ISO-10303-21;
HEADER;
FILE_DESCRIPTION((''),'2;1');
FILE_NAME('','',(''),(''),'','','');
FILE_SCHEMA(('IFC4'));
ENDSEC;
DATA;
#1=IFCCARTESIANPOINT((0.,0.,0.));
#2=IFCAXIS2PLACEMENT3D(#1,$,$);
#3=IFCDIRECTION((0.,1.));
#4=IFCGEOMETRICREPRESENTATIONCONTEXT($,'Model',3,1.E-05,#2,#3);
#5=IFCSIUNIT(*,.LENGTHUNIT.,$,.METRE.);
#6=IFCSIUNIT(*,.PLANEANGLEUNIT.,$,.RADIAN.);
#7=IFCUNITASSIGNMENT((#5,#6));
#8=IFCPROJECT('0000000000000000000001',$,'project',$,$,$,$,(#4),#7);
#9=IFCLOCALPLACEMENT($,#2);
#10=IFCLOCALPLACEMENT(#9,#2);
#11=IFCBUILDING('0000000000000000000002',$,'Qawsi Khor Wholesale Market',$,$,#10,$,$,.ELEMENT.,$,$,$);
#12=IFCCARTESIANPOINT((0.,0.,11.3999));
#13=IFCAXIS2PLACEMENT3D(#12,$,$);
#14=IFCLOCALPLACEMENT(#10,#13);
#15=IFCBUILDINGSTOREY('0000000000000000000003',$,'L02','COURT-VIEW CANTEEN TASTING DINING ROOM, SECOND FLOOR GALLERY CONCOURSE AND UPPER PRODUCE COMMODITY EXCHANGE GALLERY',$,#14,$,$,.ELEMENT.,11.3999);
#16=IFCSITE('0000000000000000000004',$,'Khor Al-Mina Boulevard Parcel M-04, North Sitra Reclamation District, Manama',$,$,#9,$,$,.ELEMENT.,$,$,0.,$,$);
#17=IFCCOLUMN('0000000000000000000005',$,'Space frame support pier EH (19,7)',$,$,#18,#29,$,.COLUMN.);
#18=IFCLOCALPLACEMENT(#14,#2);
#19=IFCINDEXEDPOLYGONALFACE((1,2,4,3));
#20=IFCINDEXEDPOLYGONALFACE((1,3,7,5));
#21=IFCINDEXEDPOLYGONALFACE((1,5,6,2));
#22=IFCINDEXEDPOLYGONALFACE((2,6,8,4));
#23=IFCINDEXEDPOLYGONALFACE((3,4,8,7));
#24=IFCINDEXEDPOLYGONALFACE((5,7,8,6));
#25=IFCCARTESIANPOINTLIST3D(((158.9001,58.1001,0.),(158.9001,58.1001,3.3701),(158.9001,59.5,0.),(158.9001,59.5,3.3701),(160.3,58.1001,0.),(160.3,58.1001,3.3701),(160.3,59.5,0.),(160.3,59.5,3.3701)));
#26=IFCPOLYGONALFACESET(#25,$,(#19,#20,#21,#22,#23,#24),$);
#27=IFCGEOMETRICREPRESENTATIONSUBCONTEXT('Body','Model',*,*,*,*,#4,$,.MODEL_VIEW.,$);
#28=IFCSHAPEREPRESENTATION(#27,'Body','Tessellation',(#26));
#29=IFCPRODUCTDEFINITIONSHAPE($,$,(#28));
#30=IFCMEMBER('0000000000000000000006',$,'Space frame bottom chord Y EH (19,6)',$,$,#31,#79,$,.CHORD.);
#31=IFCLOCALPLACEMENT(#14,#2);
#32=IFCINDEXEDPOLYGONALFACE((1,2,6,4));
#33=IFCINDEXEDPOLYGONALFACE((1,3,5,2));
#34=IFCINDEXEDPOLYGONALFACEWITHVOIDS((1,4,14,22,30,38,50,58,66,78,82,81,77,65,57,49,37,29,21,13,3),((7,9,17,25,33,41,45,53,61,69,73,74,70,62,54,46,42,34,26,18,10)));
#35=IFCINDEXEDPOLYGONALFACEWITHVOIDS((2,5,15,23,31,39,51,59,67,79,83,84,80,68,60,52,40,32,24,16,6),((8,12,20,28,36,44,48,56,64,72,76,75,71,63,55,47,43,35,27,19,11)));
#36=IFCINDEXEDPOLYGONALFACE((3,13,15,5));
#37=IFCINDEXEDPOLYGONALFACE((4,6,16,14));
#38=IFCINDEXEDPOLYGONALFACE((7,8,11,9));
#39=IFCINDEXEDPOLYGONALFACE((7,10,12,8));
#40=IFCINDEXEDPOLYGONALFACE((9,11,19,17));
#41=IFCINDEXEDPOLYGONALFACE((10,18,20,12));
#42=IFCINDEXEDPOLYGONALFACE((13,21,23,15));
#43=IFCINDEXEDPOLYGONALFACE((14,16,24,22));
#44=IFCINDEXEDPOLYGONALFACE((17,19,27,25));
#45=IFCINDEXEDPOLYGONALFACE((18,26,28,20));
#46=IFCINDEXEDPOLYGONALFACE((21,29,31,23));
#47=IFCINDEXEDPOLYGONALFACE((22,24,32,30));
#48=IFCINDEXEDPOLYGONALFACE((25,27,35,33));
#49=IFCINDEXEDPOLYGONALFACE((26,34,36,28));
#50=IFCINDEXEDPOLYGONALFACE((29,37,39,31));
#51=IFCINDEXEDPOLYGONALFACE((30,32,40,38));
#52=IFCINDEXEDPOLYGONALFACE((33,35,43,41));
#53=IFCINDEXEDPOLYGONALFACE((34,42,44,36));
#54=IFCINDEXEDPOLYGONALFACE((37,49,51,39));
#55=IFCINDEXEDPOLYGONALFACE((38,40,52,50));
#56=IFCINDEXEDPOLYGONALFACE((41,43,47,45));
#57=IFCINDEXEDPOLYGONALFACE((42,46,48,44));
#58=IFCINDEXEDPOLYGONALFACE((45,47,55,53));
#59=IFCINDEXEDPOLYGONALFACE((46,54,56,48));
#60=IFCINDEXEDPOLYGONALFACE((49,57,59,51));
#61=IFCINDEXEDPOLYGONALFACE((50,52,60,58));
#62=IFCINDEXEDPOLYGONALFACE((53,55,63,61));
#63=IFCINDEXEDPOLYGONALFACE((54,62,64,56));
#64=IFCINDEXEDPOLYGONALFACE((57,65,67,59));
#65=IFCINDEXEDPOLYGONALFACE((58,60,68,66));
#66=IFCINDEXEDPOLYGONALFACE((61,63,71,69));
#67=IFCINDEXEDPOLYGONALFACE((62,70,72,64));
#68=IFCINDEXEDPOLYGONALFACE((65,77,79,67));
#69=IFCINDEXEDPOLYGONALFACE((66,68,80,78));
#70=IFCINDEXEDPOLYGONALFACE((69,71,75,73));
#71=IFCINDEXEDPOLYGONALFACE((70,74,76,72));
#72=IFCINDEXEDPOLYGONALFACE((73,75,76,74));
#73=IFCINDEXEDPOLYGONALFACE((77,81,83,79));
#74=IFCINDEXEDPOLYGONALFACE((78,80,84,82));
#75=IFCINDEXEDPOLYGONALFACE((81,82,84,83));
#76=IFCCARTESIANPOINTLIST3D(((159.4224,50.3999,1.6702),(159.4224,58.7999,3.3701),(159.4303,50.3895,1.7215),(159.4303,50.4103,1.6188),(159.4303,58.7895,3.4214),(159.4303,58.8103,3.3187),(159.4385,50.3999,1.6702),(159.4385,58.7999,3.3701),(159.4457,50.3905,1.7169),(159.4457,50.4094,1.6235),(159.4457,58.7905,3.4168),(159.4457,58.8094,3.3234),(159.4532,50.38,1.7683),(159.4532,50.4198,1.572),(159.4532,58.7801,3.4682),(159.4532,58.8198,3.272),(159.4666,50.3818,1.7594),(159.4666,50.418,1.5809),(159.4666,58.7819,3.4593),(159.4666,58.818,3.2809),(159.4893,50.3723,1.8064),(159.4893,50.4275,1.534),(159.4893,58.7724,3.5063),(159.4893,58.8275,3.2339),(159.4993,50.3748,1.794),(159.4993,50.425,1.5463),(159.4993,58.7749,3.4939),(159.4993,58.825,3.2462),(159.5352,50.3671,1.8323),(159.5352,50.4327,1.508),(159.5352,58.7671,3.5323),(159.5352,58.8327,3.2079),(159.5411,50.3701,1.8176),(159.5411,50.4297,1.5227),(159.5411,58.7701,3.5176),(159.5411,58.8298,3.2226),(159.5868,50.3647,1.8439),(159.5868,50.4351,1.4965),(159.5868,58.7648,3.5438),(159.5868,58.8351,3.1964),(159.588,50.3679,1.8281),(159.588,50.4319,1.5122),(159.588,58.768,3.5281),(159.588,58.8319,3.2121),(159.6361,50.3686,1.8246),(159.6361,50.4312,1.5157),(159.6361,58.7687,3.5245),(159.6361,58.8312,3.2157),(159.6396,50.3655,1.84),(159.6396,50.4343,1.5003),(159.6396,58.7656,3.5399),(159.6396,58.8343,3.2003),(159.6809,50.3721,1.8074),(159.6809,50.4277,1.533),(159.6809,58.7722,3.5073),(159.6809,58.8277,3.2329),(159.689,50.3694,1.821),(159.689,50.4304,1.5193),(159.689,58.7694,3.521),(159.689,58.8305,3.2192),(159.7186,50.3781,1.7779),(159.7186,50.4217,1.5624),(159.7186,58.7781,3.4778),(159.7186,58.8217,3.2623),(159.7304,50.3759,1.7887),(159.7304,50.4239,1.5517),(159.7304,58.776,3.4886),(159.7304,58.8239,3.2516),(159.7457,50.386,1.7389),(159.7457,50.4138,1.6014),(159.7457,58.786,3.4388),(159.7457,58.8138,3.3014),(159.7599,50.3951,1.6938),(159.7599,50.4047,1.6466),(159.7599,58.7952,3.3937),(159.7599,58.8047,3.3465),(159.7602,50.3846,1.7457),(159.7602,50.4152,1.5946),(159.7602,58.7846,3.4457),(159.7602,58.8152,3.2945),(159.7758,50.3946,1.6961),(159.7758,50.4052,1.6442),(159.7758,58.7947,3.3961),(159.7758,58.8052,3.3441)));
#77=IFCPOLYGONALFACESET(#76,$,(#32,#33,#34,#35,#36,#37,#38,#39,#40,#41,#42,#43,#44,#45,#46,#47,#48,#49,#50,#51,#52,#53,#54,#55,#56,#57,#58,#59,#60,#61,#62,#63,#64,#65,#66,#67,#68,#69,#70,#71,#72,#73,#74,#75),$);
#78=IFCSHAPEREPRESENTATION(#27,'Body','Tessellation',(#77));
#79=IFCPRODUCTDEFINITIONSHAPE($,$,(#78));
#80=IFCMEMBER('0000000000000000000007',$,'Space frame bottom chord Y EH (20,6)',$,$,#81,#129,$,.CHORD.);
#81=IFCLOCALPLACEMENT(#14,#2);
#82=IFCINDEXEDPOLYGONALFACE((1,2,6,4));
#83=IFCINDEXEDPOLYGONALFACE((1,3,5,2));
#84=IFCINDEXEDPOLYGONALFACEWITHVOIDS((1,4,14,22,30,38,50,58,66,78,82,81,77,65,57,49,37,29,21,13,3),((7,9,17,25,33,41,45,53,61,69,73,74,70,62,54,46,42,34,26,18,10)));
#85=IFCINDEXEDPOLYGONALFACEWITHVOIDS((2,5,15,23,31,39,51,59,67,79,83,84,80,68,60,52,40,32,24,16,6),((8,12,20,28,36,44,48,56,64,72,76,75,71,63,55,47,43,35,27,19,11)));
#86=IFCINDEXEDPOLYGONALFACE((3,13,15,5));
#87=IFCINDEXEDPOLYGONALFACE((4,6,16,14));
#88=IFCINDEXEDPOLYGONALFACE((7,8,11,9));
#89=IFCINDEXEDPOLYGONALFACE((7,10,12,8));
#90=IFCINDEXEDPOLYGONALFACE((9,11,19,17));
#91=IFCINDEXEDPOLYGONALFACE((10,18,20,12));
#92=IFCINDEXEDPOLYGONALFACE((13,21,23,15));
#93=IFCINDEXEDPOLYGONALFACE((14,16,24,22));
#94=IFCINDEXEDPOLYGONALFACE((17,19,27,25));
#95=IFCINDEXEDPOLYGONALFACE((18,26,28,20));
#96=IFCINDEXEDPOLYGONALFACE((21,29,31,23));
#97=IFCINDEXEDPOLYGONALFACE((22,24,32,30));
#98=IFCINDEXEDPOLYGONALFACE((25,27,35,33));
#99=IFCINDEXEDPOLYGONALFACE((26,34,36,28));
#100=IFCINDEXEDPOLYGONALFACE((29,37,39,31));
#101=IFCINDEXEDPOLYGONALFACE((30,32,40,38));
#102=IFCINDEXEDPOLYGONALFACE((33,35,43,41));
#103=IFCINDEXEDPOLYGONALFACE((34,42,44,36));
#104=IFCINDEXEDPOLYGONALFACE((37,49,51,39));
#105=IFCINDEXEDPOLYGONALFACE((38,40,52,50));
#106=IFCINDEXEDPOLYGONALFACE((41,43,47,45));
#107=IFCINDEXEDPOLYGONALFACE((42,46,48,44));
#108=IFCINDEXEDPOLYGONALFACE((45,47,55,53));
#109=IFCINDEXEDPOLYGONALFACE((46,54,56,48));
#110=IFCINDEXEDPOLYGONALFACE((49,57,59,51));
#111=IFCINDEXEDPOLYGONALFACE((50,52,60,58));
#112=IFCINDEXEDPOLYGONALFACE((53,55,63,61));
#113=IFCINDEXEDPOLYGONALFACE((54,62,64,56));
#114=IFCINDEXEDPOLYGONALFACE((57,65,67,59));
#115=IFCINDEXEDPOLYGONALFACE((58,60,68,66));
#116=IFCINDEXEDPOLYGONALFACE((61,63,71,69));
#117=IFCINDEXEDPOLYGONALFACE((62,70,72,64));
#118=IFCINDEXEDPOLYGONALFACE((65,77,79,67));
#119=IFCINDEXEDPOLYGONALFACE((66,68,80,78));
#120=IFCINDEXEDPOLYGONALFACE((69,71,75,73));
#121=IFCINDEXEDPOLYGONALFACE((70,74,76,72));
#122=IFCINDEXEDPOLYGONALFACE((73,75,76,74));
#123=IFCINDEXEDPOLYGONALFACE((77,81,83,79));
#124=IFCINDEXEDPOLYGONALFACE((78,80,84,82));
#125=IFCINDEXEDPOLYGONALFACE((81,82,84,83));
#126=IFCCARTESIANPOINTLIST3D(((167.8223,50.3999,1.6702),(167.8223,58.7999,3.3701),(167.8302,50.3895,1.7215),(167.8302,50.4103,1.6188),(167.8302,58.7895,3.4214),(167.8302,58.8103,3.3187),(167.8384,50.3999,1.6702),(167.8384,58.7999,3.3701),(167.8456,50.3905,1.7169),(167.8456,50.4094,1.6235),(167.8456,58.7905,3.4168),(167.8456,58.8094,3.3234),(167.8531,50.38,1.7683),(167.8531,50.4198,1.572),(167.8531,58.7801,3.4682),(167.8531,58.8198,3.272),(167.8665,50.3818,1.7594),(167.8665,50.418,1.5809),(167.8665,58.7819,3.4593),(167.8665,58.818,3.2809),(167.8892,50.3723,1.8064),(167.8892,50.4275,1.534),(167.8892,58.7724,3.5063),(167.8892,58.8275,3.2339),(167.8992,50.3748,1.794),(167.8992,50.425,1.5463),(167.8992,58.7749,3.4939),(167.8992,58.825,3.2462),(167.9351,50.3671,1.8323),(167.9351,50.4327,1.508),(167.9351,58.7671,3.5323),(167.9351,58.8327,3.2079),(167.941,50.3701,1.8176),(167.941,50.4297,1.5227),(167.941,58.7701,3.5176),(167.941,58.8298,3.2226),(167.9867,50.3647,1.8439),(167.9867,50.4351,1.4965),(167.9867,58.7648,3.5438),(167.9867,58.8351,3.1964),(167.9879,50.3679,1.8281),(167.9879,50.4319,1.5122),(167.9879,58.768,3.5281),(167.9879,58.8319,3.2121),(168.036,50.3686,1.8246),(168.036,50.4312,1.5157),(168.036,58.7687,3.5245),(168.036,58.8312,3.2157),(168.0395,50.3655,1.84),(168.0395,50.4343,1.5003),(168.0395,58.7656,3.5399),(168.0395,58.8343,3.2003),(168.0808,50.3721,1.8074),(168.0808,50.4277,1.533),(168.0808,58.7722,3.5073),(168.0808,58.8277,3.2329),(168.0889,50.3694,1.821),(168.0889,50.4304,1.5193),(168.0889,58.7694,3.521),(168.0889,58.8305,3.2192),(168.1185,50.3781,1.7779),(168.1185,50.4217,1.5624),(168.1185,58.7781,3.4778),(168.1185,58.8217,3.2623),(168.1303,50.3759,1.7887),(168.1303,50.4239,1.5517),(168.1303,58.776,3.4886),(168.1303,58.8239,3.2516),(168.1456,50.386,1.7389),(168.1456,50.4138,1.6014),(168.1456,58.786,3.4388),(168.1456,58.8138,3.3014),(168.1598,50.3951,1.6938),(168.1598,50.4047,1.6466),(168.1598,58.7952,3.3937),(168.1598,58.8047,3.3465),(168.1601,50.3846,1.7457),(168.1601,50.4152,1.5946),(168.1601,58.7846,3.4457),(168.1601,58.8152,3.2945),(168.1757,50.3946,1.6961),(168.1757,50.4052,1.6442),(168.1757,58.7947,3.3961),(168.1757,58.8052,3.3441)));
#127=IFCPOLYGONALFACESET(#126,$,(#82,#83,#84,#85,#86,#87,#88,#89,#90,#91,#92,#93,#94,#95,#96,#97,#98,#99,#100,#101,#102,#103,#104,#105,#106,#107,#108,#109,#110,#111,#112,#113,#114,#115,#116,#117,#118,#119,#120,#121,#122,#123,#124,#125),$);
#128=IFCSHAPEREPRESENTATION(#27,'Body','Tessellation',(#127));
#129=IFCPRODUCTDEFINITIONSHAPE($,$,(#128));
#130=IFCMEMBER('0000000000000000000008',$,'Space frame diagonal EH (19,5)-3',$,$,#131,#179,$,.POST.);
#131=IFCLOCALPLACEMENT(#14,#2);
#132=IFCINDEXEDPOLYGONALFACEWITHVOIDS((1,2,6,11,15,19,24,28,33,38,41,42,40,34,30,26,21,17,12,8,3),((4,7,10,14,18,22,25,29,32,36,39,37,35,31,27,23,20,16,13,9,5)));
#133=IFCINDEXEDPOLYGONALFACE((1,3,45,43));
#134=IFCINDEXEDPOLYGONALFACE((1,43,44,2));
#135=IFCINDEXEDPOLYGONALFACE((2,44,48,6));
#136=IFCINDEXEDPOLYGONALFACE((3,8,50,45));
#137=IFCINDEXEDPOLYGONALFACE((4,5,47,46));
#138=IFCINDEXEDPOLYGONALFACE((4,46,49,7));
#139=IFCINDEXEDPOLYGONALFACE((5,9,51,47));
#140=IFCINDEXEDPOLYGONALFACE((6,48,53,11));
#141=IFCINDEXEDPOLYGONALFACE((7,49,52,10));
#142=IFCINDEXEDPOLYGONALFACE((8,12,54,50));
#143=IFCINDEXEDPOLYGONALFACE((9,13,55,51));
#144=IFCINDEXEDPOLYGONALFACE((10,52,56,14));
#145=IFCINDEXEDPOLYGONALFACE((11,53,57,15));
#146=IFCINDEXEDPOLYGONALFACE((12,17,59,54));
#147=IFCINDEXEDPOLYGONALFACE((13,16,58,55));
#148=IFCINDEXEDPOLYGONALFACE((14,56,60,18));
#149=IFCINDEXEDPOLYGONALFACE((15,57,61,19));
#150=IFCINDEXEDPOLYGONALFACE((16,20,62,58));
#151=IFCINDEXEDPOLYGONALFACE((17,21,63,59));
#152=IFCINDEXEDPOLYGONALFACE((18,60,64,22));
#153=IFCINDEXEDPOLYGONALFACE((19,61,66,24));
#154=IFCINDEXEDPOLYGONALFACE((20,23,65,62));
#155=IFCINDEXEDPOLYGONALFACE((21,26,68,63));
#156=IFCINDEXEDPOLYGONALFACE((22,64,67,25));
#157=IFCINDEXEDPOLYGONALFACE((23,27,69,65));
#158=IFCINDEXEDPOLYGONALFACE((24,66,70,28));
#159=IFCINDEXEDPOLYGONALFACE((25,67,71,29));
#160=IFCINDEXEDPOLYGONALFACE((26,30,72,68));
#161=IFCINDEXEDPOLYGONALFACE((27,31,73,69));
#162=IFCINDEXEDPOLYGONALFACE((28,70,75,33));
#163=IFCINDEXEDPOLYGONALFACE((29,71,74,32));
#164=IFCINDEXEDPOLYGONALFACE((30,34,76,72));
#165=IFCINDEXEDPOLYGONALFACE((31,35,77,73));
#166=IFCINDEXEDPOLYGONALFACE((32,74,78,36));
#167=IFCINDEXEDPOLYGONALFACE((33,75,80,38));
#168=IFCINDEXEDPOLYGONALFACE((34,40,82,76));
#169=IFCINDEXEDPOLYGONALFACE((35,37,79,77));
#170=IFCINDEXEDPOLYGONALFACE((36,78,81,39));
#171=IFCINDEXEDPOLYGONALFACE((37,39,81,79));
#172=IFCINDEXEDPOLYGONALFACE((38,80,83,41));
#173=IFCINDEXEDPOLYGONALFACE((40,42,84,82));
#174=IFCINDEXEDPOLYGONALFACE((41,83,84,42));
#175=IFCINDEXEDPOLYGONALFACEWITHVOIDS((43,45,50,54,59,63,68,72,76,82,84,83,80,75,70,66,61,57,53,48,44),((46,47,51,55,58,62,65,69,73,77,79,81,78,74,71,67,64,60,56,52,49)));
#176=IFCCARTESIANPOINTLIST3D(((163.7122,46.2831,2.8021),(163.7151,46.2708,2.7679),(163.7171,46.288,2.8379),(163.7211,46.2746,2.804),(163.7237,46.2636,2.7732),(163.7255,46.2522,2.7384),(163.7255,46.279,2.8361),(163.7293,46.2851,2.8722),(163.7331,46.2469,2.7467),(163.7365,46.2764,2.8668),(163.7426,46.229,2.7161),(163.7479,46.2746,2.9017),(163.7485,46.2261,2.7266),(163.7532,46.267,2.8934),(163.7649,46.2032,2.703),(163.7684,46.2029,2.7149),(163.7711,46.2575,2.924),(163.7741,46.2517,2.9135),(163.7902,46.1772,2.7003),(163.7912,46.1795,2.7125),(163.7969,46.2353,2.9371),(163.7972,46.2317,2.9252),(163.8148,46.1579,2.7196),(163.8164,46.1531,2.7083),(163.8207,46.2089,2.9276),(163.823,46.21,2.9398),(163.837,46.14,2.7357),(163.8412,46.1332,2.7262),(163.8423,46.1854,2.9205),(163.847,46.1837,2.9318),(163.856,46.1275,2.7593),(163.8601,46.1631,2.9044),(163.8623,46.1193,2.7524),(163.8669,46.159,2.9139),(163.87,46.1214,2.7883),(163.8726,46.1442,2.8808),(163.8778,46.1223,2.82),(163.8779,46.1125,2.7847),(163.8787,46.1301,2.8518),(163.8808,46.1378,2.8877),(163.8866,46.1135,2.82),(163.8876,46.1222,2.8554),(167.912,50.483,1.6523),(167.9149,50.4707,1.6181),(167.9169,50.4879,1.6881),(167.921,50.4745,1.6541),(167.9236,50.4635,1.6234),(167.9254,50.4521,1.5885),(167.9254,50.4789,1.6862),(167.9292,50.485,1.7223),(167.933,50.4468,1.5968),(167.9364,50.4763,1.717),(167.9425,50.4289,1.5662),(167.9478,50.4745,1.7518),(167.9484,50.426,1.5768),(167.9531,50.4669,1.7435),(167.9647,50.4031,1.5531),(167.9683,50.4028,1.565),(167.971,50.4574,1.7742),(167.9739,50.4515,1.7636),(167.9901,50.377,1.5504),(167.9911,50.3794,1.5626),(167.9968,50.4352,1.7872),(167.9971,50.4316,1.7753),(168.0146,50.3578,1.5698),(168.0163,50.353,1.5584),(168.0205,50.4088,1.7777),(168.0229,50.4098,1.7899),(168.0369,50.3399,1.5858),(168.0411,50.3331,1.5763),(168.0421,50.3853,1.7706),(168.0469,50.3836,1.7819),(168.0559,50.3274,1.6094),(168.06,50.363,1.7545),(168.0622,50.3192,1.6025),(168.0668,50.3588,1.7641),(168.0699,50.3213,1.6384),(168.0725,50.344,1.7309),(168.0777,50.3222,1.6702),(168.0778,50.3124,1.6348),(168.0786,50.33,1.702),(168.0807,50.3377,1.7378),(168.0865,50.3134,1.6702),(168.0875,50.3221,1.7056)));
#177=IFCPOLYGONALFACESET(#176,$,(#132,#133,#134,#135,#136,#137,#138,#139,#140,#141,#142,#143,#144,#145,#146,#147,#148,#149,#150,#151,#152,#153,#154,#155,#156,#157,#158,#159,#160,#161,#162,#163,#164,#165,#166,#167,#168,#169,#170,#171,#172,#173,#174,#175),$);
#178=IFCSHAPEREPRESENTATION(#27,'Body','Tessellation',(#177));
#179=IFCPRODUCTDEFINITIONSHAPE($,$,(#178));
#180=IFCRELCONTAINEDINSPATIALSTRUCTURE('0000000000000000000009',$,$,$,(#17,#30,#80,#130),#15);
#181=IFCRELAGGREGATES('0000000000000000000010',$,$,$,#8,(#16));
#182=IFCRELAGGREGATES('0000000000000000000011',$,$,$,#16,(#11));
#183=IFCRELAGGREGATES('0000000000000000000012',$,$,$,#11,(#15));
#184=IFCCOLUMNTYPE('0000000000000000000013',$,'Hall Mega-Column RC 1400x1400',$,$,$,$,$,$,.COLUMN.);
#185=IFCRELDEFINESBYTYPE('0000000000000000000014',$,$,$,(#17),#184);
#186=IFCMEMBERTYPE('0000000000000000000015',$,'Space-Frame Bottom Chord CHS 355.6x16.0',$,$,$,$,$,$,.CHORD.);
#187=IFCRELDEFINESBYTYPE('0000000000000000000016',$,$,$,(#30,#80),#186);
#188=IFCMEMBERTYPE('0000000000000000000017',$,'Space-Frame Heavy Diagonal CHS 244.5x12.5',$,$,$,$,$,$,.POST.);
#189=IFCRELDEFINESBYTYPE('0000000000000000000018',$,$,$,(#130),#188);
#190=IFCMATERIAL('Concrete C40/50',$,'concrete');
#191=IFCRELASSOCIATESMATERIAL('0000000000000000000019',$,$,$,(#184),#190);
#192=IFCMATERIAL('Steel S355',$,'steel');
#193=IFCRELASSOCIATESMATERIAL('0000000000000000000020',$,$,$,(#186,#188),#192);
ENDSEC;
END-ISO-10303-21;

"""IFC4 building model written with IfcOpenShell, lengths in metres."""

from ifc_helpers import new_model, si_unit, direction, frame, origin, origin_2d, place, context, subcontext, project, spatial, rectangle, hollow_circle, extrude, material, material_profile, profile_set, type_object, element, save


model = new_model("IFC4")

# Units and contexts
model_context = context("Model", 3, precision=1e-05, world=origin(), true_north=direction((0.0, 1.0)))
body_context = subcontext(model_context, "Body", "Model", "MODEL_VIEW")
ifc_project = project(units=[si_unit("LENGTHUNIT", "METRE"), si_unit("PLANEANGLEUNIT", "RADIAN")], contexts=[model_context])

# Site, building, storey
site_placement = place(None, origin())
site = spatial("IfcSite", under=ifc_project, at=site_placement, Name="Khor Al-Mina Boulevard Parcel M-04, North Sitra Reclamation District, Manama", CompositionType="ELEMENT", RefElevation=0.0)
building_placement = place(site_placement, origin())
building = spatial("IfcBuilding", under=site, at=building_placement, Name="Qawsi Khor Wholesale Market", CompositionType="ELEMENT")
storey_placement = place(building_placement, frame((0.0, 0.0, 11.3999)))
storey = spatial("IfcBuildingStorey", under=building, at=storey_placement, Name="L02", Description="COURT-VIEW CANTEEN TASTING DINING ROOM, SECOND FLOOR GALLERY CONCOURSE AND UPPER PRODUCE COMMODITY EXCHANGE GALLERY", CompositionType="ELEMENT", Elevation=11.3999)

# Column
ifc_material_1 = material(Name="Concrete C40/50", Category="concrete")
ifc_material_profile_1 = material_profile(ifc_material_1, rectangle(XDim=1.3999, YDim=1.3999, at=origin_2d()), Name="RC 1400x1400")
ifc_profile_set_1 = profile_set([ifc_material_profile_1], Name="Concrete C40/50")
column_type = type_object("IfcColumnType", Name="Hall Mega-Column RC 1400x1400", PredefinedType="COLUMN", material=ifc_profile_set_1)
column_placement = place(storey_placement, frame((159.6001, 58.8, 0.0), z_axis=(0.0, 0.0, 1.0), x_axis=(1.0, 0.0, 0.0)))
element("IfcColumn", 1, at=column_placement, inside=storey, type_object=column_type, Name="Space frame support pier EH (19,7)", PredefinedType="COLUMN", context=body_context, shape_type="SweptSolid", body=[
    extrude(rectangle(XDim=1.3999, YDim=1.3999, at=origin_2d()), origin(), (0.0, 0.0, 1.0), 3.3701),
])

# Members
ifc_material_2 = material(Name="Steel S355", Category="steel")
ifc_material_profile_2 = material_profile(ifc_material_2, hollow_circle(Radius=0.1777, WallThickness=0.0161, at=origin_2d()), Name="CHS 355.6x16.0")
ifc_profile_set_2 = profile_set([ifc_material_profile_2], Name="Steel S355")
member_type_1 = type_object("IfcMemberType", Name="Space-Frame Bottom Chord CHS 355.6x16.0", PredefinedType="CHORD", material=ifc_profile_set_2)
for number, where, z_axis, x_axis, name in (
    (2, (159.6001, 50.3999, 1.6702), (0.0, 0.980131, 0.198351), (-1.0, 0.0, 0.0), "Space frame bottom chord Y EH (19,6)"),
    (3, (168.0, 50.3999, 1.6702), (0.0, 0.980131, 0.198351), (-1.0, 0.0, 0.0), "Space frame bottom chord Y EH (20,6)"),
):
    element("IfcMember", number, at=place(storey_placement, frame(where, z_axis=z_axis, x_axis=x_axis)), inside=storey, type_object=member_type_1, Name=name, PredefinedType="CHORD", context=body_context, shape_type="SweptSolid", body=[
        extrude(hollow_circle(Radius=0.1777, WallThickness=0.0161, at=origin_2d()), origin(), (0.0, 0.0, 1.0), 8.5703),
    ])
ifc_material_profile_3 = material_profile(ifc_material_2, hollow_circle(Radius=0.1223, WallThickness=0.0125, at=origin_2d()), Name="CHS 244.5x12.5")
ifc_profile_set_3 = profile_set([ifc_material_profile_3], Name="Steel S355")
member_type_2 = type_object("IfcMemberType", Name="Space-Frame Heavy Diagonal CHS 244.5x12.5", PredefinedType="POST", material=ifc_profile_set_3)
for number, where, z_axis, x_axis, name in (
    (4, (168.0, 50.3999, 1.6702), (-0.694217, -0.694217, 0.190069), (0.707107, -0.707107, 0.0), "Space frame diagonal EH (19,5)-3"),
):
    element("IfcMember", number, at=place(storey_placement, frame(where, z_axis=z_axis, x_axis=x_axis)), inside=storey, type_object=member_type_2, Name=name, PredefinedType="POST", context=body_context, shape_type="SweptSolid", body=[
        extrude(hollow_circle(Radius=0.1223, WallThickness=0.0125, at=origin_2d()), origin(), (0.0, 0.0, 1.0), 6.0498),
    ])

save(model, "model.ifc")
